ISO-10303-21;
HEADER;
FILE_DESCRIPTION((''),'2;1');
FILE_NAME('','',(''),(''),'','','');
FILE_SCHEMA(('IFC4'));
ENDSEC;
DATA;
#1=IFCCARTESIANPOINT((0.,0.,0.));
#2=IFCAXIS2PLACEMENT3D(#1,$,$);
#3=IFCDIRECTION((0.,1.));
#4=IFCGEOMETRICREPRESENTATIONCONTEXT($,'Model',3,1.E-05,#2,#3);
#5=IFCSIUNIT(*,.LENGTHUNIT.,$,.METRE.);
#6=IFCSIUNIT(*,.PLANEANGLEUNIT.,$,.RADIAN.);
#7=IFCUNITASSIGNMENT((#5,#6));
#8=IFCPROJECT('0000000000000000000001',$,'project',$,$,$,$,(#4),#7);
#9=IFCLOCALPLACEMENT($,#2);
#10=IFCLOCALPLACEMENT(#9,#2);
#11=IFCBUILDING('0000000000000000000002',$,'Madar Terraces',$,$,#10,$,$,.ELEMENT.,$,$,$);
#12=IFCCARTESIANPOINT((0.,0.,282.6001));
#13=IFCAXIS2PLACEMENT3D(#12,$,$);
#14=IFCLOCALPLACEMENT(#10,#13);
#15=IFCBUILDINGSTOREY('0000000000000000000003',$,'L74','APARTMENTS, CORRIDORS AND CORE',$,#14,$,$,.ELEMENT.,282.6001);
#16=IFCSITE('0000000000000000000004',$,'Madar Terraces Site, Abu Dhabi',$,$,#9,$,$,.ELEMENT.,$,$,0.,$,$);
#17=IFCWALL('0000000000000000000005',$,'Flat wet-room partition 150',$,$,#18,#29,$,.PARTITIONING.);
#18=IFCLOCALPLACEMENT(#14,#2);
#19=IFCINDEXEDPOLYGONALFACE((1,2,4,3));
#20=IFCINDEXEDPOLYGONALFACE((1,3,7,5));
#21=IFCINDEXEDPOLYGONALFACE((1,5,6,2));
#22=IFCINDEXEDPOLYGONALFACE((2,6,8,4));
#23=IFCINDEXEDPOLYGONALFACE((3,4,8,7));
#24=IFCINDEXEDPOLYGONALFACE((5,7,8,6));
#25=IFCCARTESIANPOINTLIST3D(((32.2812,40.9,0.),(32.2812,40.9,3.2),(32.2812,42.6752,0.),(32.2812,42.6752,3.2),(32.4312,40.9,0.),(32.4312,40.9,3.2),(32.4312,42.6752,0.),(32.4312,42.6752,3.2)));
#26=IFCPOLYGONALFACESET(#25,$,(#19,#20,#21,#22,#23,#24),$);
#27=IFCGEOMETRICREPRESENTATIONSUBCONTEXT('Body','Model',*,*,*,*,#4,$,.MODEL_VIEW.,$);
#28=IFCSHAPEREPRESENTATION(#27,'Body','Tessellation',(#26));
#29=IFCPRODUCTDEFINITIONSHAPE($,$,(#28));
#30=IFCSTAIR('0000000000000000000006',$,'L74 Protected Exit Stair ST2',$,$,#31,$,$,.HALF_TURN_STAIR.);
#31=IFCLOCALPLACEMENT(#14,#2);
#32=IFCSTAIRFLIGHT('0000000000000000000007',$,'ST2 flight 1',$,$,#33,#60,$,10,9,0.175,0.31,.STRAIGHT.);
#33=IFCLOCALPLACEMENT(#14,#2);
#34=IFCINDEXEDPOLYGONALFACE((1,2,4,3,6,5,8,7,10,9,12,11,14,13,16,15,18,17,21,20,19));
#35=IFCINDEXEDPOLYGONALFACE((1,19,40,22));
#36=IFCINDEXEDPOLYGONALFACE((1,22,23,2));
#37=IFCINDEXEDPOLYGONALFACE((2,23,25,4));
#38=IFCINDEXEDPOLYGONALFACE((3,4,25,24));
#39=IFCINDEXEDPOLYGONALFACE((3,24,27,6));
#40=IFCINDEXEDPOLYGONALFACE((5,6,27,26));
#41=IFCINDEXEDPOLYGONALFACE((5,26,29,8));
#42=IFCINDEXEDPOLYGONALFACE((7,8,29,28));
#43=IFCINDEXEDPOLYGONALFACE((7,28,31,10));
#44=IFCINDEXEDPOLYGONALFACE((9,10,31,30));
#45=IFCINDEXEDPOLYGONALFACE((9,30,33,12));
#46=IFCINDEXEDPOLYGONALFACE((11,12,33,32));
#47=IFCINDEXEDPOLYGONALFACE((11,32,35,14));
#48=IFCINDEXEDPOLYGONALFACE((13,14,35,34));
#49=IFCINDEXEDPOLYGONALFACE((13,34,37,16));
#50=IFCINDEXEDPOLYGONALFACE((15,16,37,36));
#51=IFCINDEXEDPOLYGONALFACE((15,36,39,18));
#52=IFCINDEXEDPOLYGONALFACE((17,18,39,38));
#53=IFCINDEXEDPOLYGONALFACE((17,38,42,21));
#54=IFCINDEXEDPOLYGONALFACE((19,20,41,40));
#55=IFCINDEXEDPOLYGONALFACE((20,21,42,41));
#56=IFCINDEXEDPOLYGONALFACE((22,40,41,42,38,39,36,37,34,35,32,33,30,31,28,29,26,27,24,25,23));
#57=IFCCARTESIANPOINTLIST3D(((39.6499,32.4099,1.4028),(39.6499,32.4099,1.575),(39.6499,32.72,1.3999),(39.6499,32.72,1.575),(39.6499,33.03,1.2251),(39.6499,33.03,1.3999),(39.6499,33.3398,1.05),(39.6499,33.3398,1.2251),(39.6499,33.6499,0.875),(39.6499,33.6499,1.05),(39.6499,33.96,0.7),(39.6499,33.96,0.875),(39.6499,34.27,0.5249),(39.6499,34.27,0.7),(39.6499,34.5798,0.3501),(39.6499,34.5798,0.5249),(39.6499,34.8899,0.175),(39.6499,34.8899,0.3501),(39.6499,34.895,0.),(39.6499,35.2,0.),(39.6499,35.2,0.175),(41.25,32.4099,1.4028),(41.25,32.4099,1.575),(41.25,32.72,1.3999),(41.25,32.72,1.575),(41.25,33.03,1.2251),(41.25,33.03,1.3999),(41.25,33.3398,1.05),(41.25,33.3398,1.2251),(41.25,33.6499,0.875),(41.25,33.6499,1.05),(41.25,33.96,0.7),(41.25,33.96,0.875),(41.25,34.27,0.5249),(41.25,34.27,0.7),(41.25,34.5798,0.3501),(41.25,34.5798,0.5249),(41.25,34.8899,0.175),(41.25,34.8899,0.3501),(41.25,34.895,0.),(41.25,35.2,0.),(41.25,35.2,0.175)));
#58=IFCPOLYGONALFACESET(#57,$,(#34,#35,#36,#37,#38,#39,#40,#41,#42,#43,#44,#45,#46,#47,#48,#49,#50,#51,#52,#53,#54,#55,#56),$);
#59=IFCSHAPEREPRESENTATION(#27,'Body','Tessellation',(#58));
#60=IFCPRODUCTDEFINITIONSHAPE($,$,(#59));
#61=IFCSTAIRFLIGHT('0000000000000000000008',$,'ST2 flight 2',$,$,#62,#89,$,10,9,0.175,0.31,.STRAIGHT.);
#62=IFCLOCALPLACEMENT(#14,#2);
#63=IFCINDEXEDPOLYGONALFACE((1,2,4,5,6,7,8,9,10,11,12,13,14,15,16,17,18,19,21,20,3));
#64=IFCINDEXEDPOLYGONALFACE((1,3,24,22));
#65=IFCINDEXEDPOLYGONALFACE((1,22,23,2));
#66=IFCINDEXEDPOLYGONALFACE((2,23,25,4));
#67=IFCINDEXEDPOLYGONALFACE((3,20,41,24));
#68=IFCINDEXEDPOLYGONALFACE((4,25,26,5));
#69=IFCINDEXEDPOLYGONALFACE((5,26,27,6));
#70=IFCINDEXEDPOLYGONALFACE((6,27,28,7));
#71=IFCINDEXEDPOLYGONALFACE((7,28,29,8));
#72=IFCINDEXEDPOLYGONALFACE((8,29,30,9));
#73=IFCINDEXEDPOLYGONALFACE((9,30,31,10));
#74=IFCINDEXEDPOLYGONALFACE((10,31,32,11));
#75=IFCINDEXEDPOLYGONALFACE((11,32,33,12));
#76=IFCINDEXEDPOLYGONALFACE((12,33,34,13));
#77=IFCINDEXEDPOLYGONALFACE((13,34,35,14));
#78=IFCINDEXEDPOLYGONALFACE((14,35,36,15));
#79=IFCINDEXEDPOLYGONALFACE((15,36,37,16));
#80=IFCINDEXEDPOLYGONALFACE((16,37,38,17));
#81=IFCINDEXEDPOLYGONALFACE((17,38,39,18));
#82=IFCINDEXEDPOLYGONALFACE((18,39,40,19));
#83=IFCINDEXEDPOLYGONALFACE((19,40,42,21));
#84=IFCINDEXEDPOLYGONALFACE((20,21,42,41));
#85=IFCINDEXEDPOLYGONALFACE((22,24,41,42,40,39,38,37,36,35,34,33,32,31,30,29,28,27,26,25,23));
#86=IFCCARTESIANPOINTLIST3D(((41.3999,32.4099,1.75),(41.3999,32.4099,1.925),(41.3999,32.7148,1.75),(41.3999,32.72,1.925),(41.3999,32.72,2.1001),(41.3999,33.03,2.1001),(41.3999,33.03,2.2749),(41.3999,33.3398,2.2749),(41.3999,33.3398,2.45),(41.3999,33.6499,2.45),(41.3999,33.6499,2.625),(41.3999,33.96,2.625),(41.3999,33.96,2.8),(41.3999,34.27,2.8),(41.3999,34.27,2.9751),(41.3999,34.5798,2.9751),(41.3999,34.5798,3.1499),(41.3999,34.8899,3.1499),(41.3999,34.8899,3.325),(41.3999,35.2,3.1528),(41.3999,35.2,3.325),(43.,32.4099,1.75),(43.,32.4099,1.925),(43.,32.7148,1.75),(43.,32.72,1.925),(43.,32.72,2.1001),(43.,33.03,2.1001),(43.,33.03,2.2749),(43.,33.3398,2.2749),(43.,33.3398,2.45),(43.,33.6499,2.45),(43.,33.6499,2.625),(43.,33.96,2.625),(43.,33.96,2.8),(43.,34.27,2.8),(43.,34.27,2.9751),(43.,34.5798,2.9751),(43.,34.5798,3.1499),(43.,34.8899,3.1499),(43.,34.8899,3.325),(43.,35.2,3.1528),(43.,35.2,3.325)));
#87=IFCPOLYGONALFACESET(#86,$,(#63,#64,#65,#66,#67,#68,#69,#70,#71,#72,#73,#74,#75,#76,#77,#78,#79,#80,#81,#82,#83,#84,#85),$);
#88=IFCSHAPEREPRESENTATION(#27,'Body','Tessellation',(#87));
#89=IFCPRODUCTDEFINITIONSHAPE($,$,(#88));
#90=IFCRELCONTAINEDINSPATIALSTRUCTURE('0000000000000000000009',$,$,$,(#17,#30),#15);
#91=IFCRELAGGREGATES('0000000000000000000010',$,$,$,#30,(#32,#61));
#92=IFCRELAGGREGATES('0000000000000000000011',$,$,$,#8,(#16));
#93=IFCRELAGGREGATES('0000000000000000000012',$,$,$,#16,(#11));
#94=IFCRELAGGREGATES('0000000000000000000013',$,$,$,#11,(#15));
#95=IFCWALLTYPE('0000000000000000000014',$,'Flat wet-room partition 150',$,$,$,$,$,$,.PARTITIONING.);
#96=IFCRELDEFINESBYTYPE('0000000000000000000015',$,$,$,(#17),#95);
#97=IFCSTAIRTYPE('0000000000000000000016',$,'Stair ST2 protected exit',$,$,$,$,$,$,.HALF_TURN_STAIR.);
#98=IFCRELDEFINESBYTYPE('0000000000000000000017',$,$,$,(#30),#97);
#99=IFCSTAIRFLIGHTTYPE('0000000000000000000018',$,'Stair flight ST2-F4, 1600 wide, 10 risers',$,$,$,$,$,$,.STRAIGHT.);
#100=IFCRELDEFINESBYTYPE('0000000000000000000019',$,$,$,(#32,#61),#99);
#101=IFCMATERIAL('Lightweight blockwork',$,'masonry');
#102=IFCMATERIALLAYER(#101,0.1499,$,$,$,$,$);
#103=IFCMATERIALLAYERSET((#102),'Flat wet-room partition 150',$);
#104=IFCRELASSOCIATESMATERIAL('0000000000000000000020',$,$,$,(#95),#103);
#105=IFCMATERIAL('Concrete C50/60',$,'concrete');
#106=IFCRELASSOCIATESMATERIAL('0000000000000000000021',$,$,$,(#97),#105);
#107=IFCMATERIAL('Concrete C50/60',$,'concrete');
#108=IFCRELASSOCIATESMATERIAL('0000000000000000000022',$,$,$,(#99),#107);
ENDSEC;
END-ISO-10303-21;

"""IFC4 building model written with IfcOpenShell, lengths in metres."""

from ifc_helpers import new_model, si_unit, direction, frame, frame_2d, origin, place, context, subcontext, project, spatial, polyline, rectangle, outline, extrude, material, layer, layer_set, type_object, element, aggregate, save


model = new_model("IFC4")

# Units and contexts
model_context = context("Model", 3, precision=1e-05, world=origin(), true_north=direction((0.0, 1.0)))
body_context = subcontext(model_context, "Body", "Model", "MODEL_VIEW")
ifc_project = project(units=[si_unit("LENGTHUNIT", "METRE"), si_unit("PLANEANGLEUNIT", "RADIAN")], contexts=[model_context])

# Site, building, storey
site_placement = place(None, origin())
site = spatial("IfcSite", under=ifc_project, at=site_placement, Name="Madar Terraces Site, Abu Dhabi", CompositionType="ELEMENT", RefElevation=0.0)
building_placement = place(site_placement, origin())
building = spatial("IfcBuilding", under=site, at=building_placement, Name="Madar Terraces", CompositionType="ELEMENT")
storey_placement = place(building_placement, frame((0.0, 0.0, 282.6001)))
storey = spatial("IfcBuildingStorey", under=building, at=storey_placement, Name="L74", Description="APARTMENTS, CORRIDORS AND CORE", CompositionType="ELEMENT", Elevation=282.6001)

# Wall
ifc_material_1 = material(Name="Lightweight blockwork", Category="masonry")
ifc_layer_1 = layer(ifc_material_1, 0.1499)
ifc_layer_set_1 = layer_set([ifc_layer_1], Name="Flat wet-room partition 150")
wall_type_1 = type_object("IfcWallType", Name="Flat wet-room partition 150", PredefinedType="PARTITIONING", material=ifc_layer_set_1)
wall_1_placement = place(storey_placement, frame((32.3562, 40.8999, 0.0), z_axis=(0.0, 0.0, 1.0), x_axis=(0.0, 1.0, 0.0)))
element("IfcWall", 1, at=wall_1_placement, inside=storey, type_object=wall_type_1, Name="Flat wet-room partition 150", PredefinedType="PARTITIONING", context=body_context, shape_type="SweptSolid", body=[
    extrude(rectangle(XDim=1.7751, YDim=0.1499, at=frame_2d((0.8877, 0.0))), origin(), (0.0, 0.0, 1.0), 3.2),
])

# Stair, stair flights
ifc_material_2 = material(Name="Concrete C50/60", Category="concrete")
stair_type = type_object("IfcStairType", Name="Stair ST2 protected exit", PredefinedType="HALF_TURN_STAIR", material=ifc_material_2)
stair_placement = place(storey_placement, origin())
stair = element("IfcStair", 2, at=stair_placement, inside=storey, type_object=stair_type, Name="L74 Protected Exit Stair ST2", PredefinedType="HALF_TURN_STAIR")
ifc_material_3 = material(Name="Concrete C50/60", Category="concrete")
stair_flight_type = type_object("IfcStairFlightType", Name="Stair flight ST2-F4, 1600 wide, 10 risers", PredefinedType="STRAIGHT", material=ifc_material_3)
stair_flight_1_placement = place(storey_placement, frame((40.45, 35.2, 0.0), z_axis=(0.0, 0.0, 1.0), x_axis=(0.0, -1.0, 0.0)))
stair_flight_1 = element("IfcStairFlight", 3, at=stair_flight_1_placement, type_object=stair_flight_type, Name="ST2 flight 1", NumberOfRisers=10, NumberOfTreads=9, PredefinedType="STRAIGHT", RiserHeight=0.175, TreadLength=0.31, context=body_context, shape_type="SweptSolid", body=[
    extrude(outline(polyline([(0.0, 0.0), (0.0, 0.175), (0.3101, 0.175), (0.3101, 0.3501), (0.6201, 0.3501), (0.6201, 0.5249), (0.9299, 0.5249), (0.9299, 0.7), (1.24, 0.7), (1.24, 0.875), (1.55, 0.875), (1.55, 1.05), (1.8601, 1.05), (1.8601, 1.2251), (2.1699, 1.2251), (2.1699, 1.3999), (2.48, 1.3999), (2.48, 1.575), (2.79, 1.575), (2.79, 1.75), (2.79, 1.4028), (0.3049, 0.0), (0.0, 0.0)])), frame((0.0, 0.8, 0.0), z_axis=(0.0, -1.0, 0.0), x_axis=(1.0, 0.0, 0.0)), (0.0, 0.0, 1.0), 1.6001),
])
stair_flight_2_placement = place(storey_placement, frame((42.2, 32.4099, 1.75), z_axis=(0.0, 0.0, 1.0), x_axis=(0.0, 1.0, 0.0)))
stair_flight_2 = element("IfcStairFlight", 4, at=stair_flight_2_placement, type_object=stair_flight_type, Name="ST2 flight 2", NumberOfRisers=10, NumberOfTreads=9, PredefinedType="STRAIGHT", RiserHeight=0.175, TreadLength=0.31, context=body_context, shape_type="SweptSolid", body=[
    extrude(outline(polyline([(0.0, 0.0), (0.0, 0.175), (0.3101, 0.175), (0.3101, 0.3501), (0.6201, 0.3501), (0.6201, 0.5249), (0.9299, 0.5249), (0.9299, 0.7), (1.24, 0.7), (1.24, 0.875), (1.55, 0.875), (1.55, 1.05), (1.8601, 1.05), (1.8601, 1.2251), (2.1699, 1.2251), (2.1699, 1.3999), (2.48, 1.3999), (2.48, 1.575), (2.79, 1.575), (2.79, 1.75), (2.79, 1.4028), (0.3049, 0.0), (0.0, 0.0)])), frame((0.0, 0.8, 0.0), z_axis=(0.0, -1.0, 0.0), x_axis=(1.0, 0.0, 0.0)), (0.0, 0.0, 1.0), 1.6001),
])
aggregate(stair, [stair_flight_1, stair_flight_2])

save(model, "model.ifc")
